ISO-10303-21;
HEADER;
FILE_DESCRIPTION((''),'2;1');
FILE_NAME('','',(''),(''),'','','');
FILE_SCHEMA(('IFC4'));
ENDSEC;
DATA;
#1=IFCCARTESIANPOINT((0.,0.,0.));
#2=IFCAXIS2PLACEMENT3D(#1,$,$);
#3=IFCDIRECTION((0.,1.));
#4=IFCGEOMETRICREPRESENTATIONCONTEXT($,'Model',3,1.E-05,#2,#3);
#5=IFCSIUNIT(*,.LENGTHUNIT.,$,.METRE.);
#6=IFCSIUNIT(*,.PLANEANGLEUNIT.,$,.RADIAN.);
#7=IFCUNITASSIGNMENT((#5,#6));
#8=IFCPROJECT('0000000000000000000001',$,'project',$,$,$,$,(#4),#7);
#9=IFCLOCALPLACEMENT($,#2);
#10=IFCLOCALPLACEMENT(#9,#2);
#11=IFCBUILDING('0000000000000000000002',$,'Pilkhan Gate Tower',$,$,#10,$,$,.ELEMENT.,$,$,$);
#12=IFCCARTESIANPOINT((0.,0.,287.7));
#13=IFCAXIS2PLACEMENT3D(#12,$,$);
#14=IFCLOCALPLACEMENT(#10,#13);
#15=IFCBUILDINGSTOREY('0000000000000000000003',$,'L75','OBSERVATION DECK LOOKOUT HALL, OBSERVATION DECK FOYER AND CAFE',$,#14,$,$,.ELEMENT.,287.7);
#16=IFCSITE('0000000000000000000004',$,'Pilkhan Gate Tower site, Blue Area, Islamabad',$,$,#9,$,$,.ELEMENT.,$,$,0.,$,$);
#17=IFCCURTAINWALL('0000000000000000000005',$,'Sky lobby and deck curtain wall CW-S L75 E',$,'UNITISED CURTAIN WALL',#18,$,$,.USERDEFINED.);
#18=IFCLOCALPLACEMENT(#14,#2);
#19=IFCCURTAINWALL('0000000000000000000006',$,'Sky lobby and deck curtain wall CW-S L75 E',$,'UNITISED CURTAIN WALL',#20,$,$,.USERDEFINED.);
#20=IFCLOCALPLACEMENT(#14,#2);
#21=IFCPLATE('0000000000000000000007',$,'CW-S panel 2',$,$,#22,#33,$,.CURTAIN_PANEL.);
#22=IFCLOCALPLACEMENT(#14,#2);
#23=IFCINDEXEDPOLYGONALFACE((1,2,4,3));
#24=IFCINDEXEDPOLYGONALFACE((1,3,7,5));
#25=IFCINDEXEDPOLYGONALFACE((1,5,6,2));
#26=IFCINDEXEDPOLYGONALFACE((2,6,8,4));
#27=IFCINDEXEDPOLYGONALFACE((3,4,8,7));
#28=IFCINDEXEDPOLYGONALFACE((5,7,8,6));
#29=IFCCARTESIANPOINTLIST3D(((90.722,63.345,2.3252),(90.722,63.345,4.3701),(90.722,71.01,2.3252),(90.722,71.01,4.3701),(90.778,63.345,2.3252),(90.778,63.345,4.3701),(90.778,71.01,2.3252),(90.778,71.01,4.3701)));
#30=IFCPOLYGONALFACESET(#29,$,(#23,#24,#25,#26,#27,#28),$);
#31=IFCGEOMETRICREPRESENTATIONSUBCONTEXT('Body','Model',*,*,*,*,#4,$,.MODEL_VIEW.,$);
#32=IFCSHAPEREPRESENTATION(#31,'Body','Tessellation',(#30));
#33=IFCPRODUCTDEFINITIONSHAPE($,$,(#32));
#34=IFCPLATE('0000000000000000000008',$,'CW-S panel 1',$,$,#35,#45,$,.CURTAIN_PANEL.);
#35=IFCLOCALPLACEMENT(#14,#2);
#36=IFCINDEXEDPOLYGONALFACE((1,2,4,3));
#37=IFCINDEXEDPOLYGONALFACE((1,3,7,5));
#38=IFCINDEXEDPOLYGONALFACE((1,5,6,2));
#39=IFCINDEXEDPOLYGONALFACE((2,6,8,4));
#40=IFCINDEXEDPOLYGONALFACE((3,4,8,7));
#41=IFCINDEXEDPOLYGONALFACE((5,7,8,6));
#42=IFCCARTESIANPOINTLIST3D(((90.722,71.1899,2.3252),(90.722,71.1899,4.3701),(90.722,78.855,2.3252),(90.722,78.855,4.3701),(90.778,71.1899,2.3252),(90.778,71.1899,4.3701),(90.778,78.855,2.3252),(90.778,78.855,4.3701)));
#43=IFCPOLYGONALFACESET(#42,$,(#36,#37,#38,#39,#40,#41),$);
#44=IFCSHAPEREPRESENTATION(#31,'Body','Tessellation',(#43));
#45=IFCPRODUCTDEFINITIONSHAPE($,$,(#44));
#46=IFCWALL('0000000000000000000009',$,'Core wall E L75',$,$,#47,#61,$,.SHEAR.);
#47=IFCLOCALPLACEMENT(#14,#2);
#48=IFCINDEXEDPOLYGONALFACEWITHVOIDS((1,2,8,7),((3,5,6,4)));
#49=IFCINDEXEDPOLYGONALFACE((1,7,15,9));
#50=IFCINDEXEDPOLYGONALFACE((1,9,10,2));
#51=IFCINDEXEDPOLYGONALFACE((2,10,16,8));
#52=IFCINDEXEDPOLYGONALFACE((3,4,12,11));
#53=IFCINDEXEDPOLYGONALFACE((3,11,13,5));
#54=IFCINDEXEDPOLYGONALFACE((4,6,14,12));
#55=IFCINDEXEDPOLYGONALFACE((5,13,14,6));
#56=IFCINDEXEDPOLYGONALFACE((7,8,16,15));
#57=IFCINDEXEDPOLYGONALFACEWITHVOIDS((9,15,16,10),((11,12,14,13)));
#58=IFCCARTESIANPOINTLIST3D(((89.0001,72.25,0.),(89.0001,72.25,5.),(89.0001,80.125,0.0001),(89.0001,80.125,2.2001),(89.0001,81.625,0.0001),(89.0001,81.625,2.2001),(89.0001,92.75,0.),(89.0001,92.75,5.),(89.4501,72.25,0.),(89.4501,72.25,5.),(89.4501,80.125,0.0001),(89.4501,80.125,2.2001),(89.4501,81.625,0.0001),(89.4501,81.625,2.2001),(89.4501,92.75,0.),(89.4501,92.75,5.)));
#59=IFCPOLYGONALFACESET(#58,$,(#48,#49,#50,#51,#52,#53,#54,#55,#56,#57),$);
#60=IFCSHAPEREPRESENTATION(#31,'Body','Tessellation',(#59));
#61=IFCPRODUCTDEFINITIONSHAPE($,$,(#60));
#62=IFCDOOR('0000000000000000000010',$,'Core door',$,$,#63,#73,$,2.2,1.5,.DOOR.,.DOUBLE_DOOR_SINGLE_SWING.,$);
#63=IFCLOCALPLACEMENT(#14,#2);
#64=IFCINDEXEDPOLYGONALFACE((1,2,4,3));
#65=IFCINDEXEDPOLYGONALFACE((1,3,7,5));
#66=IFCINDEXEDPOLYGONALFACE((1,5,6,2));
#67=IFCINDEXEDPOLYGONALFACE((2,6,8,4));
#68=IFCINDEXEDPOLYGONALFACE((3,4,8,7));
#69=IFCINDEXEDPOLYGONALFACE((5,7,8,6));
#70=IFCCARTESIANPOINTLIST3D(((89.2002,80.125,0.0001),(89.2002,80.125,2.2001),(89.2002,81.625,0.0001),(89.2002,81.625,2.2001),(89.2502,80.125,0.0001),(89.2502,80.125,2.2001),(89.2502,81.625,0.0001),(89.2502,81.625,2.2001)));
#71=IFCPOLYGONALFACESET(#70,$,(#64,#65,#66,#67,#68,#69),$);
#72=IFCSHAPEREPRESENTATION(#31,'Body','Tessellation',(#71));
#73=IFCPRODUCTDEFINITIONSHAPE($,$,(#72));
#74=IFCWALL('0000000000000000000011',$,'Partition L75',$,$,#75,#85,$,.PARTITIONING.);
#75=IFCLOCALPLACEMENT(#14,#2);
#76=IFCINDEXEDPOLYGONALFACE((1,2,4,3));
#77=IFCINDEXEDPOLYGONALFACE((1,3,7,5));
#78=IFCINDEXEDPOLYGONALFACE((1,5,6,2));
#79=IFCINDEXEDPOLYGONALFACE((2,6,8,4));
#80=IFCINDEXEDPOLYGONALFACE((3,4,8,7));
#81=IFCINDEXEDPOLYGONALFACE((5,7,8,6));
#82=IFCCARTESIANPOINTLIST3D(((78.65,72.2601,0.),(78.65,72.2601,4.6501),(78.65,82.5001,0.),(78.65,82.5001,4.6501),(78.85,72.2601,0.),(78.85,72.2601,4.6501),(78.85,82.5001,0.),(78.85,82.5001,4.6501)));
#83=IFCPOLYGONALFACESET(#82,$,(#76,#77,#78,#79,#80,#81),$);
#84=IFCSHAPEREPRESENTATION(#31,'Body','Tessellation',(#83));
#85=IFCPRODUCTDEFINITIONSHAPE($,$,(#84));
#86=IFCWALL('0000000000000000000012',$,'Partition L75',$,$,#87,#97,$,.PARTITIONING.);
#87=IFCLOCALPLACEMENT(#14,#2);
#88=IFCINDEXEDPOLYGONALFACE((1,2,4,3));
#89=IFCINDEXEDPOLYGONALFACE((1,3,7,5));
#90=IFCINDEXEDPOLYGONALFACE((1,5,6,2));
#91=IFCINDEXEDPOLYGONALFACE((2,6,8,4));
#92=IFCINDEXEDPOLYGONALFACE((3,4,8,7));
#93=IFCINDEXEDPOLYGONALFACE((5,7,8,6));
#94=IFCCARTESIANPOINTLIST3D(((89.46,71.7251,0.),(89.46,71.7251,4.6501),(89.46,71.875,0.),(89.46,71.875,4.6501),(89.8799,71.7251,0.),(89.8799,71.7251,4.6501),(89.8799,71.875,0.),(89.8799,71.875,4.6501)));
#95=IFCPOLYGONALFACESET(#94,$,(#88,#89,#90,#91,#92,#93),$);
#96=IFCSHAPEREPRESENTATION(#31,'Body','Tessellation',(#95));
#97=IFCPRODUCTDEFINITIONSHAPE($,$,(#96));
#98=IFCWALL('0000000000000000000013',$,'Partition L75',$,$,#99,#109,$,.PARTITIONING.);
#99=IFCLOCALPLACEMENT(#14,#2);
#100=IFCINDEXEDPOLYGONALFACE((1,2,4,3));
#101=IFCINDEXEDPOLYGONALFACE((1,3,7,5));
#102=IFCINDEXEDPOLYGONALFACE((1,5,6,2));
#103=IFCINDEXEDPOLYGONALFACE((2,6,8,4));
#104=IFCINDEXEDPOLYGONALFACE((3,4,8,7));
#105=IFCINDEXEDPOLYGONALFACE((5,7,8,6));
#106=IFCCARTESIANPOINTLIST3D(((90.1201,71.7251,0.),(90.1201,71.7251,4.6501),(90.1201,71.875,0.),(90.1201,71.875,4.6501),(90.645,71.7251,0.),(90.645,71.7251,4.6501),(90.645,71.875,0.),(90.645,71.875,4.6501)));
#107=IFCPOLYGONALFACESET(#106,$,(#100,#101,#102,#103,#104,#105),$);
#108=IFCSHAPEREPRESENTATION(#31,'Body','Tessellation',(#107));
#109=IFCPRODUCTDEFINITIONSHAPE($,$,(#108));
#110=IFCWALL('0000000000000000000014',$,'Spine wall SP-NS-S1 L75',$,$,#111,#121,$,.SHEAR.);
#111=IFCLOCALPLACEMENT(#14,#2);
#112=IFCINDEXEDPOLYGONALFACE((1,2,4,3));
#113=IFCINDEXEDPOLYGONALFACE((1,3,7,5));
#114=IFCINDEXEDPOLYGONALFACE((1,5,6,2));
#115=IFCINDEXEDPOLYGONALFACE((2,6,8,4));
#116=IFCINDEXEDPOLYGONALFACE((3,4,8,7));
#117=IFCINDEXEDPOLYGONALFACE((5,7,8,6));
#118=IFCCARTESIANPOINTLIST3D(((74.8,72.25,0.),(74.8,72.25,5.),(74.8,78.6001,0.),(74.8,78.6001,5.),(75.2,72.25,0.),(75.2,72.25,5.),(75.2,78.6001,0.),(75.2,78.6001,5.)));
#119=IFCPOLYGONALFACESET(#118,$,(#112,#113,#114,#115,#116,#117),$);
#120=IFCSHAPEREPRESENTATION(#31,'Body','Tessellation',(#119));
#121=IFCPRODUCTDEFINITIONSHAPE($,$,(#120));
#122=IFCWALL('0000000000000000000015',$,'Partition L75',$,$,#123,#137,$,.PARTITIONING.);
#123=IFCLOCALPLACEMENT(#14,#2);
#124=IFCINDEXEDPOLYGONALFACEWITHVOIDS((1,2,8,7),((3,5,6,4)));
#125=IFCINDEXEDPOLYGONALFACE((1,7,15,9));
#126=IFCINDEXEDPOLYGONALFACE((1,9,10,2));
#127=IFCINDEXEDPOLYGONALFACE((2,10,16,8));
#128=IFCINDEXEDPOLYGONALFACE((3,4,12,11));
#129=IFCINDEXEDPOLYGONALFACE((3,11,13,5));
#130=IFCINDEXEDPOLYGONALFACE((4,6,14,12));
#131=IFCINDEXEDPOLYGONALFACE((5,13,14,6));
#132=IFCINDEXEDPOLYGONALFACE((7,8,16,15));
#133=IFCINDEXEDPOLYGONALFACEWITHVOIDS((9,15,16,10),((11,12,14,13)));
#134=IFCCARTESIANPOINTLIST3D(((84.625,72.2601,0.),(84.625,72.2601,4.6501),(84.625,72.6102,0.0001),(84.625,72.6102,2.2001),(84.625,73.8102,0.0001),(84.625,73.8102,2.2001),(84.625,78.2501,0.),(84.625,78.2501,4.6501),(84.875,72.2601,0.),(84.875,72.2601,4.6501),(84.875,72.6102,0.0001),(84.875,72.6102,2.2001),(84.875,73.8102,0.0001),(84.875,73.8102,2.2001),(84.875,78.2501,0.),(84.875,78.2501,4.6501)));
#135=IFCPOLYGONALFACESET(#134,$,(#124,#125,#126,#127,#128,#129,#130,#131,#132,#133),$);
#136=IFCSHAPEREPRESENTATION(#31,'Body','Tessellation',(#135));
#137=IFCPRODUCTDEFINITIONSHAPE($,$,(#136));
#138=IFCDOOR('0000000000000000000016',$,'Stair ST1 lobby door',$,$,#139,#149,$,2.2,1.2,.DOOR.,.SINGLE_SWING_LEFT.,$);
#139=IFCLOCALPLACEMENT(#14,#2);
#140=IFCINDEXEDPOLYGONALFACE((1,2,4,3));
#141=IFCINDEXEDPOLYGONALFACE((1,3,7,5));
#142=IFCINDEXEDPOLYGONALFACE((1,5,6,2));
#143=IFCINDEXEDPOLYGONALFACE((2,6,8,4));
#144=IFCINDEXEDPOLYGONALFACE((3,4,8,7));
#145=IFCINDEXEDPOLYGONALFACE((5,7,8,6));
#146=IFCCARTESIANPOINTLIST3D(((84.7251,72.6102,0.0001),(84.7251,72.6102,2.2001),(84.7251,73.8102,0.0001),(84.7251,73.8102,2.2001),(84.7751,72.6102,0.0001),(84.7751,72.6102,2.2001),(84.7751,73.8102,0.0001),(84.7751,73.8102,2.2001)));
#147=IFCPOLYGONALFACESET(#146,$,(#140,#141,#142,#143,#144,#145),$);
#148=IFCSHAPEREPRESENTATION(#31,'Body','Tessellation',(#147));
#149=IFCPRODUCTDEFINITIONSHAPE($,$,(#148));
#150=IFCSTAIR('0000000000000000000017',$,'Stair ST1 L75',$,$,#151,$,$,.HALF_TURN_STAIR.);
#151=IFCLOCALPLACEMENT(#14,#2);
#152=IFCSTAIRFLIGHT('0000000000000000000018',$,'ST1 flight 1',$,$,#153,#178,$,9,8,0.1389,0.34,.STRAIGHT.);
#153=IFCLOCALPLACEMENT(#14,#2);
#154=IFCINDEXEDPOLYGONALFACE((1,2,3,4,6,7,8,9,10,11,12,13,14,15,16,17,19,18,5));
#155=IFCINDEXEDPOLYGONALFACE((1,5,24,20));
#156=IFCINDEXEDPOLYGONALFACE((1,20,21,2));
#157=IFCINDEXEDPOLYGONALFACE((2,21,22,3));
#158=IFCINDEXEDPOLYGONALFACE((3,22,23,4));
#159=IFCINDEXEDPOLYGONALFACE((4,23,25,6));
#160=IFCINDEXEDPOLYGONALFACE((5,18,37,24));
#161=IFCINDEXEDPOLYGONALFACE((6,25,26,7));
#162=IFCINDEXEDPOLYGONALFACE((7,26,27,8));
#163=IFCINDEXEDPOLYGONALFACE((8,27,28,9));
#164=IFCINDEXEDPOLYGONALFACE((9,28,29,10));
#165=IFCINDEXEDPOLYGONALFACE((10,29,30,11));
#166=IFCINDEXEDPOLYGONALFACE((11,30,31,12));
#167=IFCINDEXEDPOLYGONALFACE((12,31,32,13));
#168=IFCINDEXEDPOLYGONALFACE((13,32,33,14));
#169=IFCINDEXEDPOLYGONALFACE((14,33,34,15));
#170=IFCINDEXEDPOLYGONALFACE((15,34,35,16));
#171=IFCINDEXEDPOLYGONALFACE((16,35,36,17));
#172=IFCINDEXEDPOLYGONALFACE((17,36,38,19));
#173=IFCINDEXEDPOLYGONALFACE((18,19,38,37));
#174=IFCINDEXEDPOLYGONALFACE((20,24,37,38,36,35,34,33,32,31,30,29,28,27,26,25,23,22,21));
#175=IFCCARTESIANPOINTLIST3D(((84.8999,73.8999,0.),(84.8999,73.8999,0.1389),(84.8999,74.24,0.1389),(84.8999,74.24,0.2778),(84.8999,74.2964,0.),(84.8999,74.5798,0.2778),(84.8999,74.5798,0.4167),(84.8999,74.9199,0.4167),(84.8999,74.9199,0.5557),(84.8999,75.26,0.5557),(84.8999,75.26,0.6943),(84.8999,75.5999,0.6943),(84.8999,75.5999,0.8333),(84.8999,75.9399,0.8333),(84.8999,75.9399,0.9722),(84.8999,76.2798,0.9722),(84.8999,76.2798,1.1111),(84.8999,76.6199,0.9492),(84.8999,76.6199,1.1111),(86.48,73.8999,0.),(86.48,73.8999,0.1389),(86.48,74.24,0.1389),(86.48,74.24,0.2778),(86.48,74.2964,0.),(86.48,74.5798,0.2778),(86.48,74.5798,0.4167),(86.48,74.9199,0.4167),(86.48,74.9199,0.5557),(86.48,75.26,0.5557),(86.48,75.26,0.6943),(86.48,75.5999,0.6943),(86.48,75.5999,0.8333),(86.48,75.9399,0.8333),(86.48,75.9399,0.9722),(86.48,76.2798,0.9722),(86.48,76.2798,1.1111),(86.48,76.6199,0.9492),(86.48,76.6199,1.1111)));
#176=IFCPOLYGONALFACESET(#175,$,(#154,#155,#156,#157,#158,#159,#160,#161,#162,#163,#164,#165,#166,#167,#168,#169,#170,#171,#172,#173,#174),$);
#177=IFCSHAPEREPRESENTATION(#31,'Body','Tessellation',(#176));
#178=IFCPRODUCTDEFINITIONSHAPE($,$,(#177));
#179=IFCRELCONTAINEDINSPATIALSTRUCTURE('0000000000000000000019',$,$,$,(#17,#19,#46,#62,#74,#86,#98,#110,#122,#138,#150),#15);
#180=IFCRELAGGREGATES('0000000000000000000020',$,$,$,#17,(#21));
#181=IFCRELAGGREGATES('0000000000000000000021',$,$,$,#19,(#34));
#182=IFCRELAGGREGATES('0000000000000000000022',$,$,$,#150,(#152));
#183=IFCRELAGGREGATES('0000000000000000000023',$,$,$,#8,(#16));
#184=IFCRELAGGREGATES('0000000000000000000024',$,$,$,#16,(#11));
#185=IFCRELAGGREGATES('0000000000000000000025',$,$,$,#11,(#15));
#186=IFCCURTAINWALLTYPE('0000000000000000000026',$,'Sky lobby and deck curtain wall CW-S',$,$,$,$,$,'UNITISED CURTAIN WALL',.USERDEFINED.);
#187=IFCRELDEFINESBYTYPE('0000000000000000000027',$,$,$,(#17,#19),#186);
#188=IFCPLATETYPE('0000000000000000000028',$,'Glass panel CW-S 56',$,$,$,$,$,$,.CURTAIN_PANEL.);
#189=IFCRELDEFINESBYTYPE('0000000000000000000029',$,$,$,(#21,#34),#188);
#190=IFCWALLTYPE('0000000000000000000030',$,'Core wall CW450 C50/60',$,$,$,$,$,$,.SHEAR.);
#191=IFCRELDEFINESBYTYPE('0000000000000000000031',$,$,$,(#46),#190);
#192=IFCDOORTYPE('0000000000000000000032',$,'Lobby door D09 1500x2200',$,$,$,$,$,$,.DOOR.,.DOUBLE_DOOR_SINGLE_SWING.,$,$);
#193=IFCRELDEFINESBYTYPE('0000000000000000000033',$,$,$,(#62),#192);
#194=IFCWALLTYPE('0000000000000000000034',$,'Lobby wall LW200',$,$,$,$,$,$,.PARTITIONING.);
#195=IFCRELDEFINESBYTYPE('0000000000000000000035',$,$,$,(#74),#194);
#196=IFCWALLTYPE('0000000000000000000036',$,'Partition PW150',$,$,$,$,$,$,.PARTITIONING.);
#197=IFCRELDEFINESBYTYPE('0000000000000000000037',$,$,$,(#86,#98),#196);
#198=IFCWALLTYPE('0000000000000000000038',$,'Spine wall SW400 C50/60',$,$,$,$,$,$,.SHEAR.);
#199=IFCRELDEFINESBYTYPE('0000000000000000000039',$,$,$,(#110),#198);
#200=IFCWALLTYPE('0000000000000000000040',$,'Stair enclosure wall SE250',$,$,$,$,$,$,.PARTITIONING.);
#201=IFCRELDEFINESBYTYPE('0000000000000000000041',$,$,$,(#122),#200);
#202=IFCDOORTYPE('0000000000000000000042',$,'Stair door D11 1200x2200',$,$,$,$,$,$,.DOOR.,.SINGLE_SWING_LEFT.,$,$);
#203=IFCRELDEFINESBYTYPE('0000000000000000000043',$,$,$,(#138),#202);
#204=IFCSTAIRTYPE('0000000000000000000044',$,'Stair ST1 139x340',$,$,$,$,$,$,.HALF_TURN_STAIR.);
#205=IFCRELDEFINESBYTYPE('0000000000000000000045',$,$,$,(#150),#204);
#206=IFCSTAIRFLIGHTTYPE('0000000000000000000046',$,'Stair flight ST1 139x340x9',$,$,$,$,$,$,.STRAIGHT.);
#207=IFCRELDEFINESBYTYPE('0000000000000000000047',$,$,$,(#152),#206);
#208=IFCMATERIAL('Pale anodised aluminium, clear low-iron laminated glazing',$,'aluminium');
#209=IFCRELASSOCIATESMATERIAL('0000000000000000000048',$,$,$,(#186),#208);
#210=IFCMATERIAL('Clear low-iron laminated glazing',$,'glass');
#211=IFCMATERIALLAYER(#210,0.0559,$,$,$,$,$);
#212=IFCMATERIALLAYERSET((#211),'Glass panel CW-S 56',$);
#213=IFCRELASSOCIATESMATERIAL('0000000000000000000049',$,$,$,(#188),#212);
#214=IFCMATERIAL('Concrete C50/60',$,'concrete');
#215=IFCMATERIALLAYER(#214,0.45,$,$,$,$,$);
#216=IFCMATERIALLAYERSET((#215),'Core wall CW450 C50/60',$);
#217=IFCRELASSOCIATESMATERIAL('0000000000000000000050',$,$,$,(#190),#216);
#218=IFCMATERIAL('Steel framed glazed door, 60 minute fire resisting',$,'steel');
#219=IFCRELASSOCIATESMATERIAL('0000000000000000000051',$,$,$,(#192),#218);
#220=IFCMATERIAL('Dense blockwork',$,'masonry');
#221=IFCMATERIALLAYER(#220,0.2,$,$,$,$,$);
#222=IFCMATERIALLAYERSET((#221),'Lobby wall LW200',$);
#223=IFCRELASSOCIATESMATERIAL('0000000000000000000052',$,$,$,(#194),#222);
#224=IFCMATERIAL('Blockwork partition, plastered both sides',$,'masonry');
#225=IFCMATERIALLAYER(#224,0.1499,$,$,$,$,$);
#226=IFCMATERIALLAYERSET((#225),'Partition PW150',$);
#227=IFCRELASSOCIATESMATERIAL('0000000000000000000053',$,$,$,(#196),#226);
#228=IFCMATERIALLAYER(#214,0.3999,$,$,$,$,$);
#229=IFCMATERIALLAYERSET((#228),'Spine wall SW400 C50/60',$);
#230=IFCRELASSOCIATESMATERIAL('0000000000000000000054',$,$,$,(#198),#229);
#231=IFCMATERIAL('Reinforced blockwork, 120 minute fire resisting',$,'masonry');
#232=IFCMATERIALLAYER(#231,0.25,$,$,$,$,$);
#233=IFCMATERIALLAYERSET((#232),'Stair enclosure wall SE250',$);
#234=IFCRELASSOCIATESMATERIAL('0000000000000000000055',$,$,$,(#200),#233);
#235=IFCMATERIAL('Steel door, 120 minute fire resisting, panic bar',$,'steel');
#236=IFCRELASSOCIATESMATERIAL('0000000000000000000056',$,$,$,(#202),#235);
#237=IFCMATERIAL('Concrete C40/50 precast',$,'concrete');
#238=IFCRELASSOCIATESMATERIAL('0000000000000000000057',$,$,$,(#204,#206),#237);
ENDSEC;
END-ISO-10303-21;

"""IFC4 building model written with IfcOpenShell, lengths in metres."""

from ifc_helpers import new_model, si_unit, direction, frame, frame_2d, origin, origin_2d, place, context, subcontext, project, spatial, polyline, rectangle, outline, extrude, material, layer, layer_set, type_object, element, fill, aggregate, save


model = new_model("IFC4")

# Units and contexts
model_context = context("Model", 3, precision=1e-05, world=origin(), true_north=direction((0.0, 1.0)))
body_context = subcontext(model_context, "Body", "Model", "MODEL_VIEW")
ifc_project = project(units=[si_unit("LENGTHUNIT", "METRE"), si_unit("PLANEANGLEUNIT", "RADIAN")], contexts=[model_context])

# Site, building, storey
site_placement = place(None, origin())
site = spatial("IfcSite", under=ifc_project, at=site_placement, Name="Pilkhan Gate Tower site, Blue Area, Islamabad", CompositionType="ELEMENT", RefElevation=0.0)
building_placement = place(site_placement, origin())
building = spatial("IfcBuilding", under=site, at=building_placement, Name="Pilkhan Gate Tower", CompositionType="ELEMENT")
storey_placement = place(building_placement, frame((0.0, 0.0, 287.7)))
storey = spatial("IfcBuildingStorey", under=building, at=storey_placement, Name="L75", Description="OBSERVATION DECK LOOKOUT HALL, OBSERVATION DECK FOYER AND CAFE", CompositionType="ELEMENT", Elevation=287.7)

# Shared definitions
ifc_material_1 = material(Name="Pale anodised aluminium, clear low-iron laminated glazing", Category="aluminium")
curtain_wall_type = type_object("IfcCurtainWallType", Name="Sky lobby and deck curtain wall CW-S", ElementType="UNITISED CURTAIN WALL", PredefinedType="USERDEFINED", material=ifc_material_1)

# Curtain wall
curtain_wall_1_placement = place(storey_placement, origin())
curtain_wall_1 = element("IfcCurtainWall", 1, at=curtain_wall_1_placement, inside=storey, type_object=curtain_wall_type, Name="Sky lobby and deck curtain wall CW-S L75 E", ObjectType="UNITISED CURTAIN WALL", PredefinedType="USERDEFINED")

# Curtain wall
curtain_wall_2_placement = place(storey_placement, origin())
curtain_wall_2 = element("IfcCurtainWall", 2, at=curtain_wall_2_placement, inside=storey, type_object=curtain_wall_type, Name="Sky lobby and deck curtain wall CW-S L75 E", ObjectType="UNITISED CURTAIN WALL", PredefinedType="USERDEFINED")

# Plates
ifc_material_2 = material(Name="Clear low-iron laminated glazing", Category="glass")
ifc_layer_1 = layer(ifc_material_2, 0.0559)
ifc_layer_set_1 = layer_set([ifc_layer_1], Name="Glass panel CW-S 56")
plate_type = type_object("IfcPlateType", Name="Glass panel CW-S 56", PredefinedType="CURTAIN_PANEL", material=ifc_layer_set_1)
plate_1_placement = place(storey_placement, frame((90.75, 67.1775, 2.3252), z_axis=(0.0, 0.0, 1.0), x_axis=(0.0, 1.0, 0.0)))
plate_1 = element("IfcPlate", 3, at=plate_1_placement, type_object=plate_type, Name="CW-S panel 2", PredefinedType="CURTAIN_PANEL", context=body_context, shape_type="SweptSolid", body=[
    extrude(rectangle(XDim=7.665, YDim=0.0559, at=origin_2d()), origin(), (0.0, 0.0, 1.0), 2.0449),
])
aggregate(curtain_wall_1, [plate_1])
plate_2_placement = place(storey_placement, frame((90.75, 75.0225, 2.3252), z_axis=(0.0, 0.0, 1.0), x_axis=(0.0, 1.0, 0.0)))
plate_2 = element("IfcPlate", 4, at=plate_2_placement, type_object=plate_type, Name="CW-S panel 1", PredefinedType="CURTAIN_PANEL", context=body_context, shape_type="SweptSolid", body=[
    extrude(rectangle(XDim=7.665, YDim=0.0559, at=origin_2d()), origin(), (0.0, 0.0, 1.0), 2.0449),
])
aggregate(curtain_wall_2, [plate_2])

# Wall, opening, door
ifc_material_3 = material(Name="Concrete C50/60", Category="concrete")
ifc_layer_2 = layer(ifc_material_3, 0.45)
ifc_layer_set_2 = layer_set([ifc_layer_2], Name="Core wall CW450 C50/60")
wall_type_1 = type_object("IfcWallType", Name="Core wall CW450 C50/60", PredefinedType="SHEAR", material=ifc_layer_set_2)
wall_1_placement = place(storey_placement, frame((89.2251, 72.25, 0.0), z_axis=(0.0, 0.0, 1.0), x_axis=(0.0, 1.0, 0.0)))
wall_1 = element("IfcWall", 5, at=wall_1_placement, inside=storey, type_object=wall_type_1, Name="Core wall E L75", PredefinedType="SHEAR", context=body_context, shape_type="SweptSolid", body=[
    extrude(rectangle(XDim=20.5, YDim=0.45, at=frame_2d((10.25, 0.0))), origin(), (0.0, 0.0, 1.0), 5.0),
])
opening_1_placement = place(wall_1_placement, frame((7.875, 0.0, 0.0)))
opening_1 = element("IfcOpeningElement", 6, at=opening_1_placement, cuts=wall_1, PredefinedType="OPENING", context=body_context, shape_type="SweptSolid", body=[
    extrude(rectangle(XDim=1.5, YDim=2.2, at=frame_2d((0.75, 1.1001))), frame((0.0, 0.2349, 0.0), z_axis=(0.0, -1.0, 0.0), x_axis=(1.0, 0.0, 0.0)), (0.0, 0.0, 1.0), 0.47),
])
ifc_material_4 = material(Name="Steel framed glazed door, 60 minute fire resisting", Category="steel")
door_type_1 = type_object("IfcDoorType", Name="Lobby door D09 1500x2200", OperationType="DOUBLE_DOOR_SINGLE_SWING", PredefinedType="DOOR", material=ifc_material_4)
door_1_placement = place(opening_1_placement, origin())
door_1 = element("IfcDoor", 7, at=door_1_placement, inside=storey, type_object=door_type_1, Name="Core door", OperationType="DOUBLE_DOOR_SINGLE_SWING", OverallHeight=2.2, OverallWidth=1.5, PredefinedType="DOOR", context=body_context, shape_type="SweptSolid", body=[
    extrude(rectangle(XDim=1.5, YDim=2.2, at=frame_2d((0.75, 1.1001))), frame((0.0, 0.0249, 0.0), z_axis=(0.0, -1.0, 0.0), x_axis=(1.0, 0.0, 0.0)), (0.0, 0.0, 1.0), 0.05),
])
fill(opening_1, door_1)

# Walls
ifc_material_5 = material(Name="Dense blockwork", Category="masonry")
ifc_layer_3 = layer(ifc_material_5, 0.2)
ifc_layer_set_3 = layer_set([ifc_layer_3], Name="Lobby wall LW200")
wall_type_2 = type_object("IfcWallType", Name="Lobby wall LW200", PredefinedType="PARTITIONING", material=ifc_layer_set_3)
wall_2_placement = place(storey_placement, frame((78.75, 72.26, 0.0), z_axis=(0.0, 0.0, 1.0), x_axis=(0.0, 1.0, 0.0)))
element("IfcWall", 8, at=wall_2_placement, inside=storey, type_object=wall_type_2, Name="Partition L75", PredefinedType="PARTITIONING", context=body_context, shape_type="SweptSolid", body=[
    extrude(rectangle(XDim=10.24, YDim=0.2, at=frame_2d((5.1201, 0.0))), origin(), (0.0, 0.0, 1.0), 4.6501),
])
ifc_material_6 = material(Name="Blockwork partition, plastered both sides", Category="masonry")
ifc_layer_4 = layer(ifc_material_6, 0.1499)
ifc_layer_set_4 = layer_set([ifc_layer_4], Name="Partition PW150")
wall_type_3 = type_object("IfcWallType", Name="Partition PW150", PredefinedType="PARTITIONING", material=ifc_layer_set_4)
wall_3_placement = place(storey_placement, frame((89.46, 71.8, 0.0), z_axis=(0.0, 0.0, 1.0), x_axis=(1.0, 0.0, 0.0)))
element("IfcWall", 9, at=wall_3_placement, inside=storey, type_object=wall_type_3, Name="Partition L75", PredefinedType="PARTITIONING", context=body_context, shape_type="SweptSolid", body=[
    extrude(rectangle(XDim=0.4199, YDim=0.1499, at=frame_2d((0.21, 0.0))), origin(), (0.0, 0.0, 1.0), 4.6501),
])
wall_4_placement = place(storey_placement, frame((90.1201, 71.8, 0.0), z_axis=(0.0, 0.0, 1.0), x_axis=(1.0, 0.0, 0.0)))
element("IfcWall", 10, at=wall_4_placement, inside=storey, type_object=wall_type_3, Name="Partition L75", PredefinedType="PARTITIONING", context=body_context, shape_type="SweptSolid", body=[
    extrude(rectangle(XDim=0.5249, YDim=0.1499, at=frame_2d((0.2625, 0.0))), origin(), (0.0, 0.0, 1.0), 4.6501),
])
ifc_layer_5 = layer(ifc_material_3, 0.3999)
ifc_layer_set_5 = layer_set([ifc_layer_5], Name="Spine wall SW400 C50/60")
wall_type_4 = type_object("IfcWallType", Name="Spine wall SW400 C50/60", PredefinedType="SHEAR", material=ifc_layer_set_5)
wall_5_placement = place(storey_placement, frame((75.0, 72.25, 0.0), z_axis=(0.0, 0.0, 1.0), x_axis=(0.0, 1.0, 0.0)))
element("IfcWall", 11, at=wall_5_placement, inside=storey, type_object=wall_type_4, Name="Spine wall SP-NS-S1 L75", PredefinedType="SHEAR", context=body_context, shape_type="SweptSolid", body=[
    extrude(rectangle(XDim=6.3501, YDim=0.3999, at=frame_2d((3.175, 0.0))), origin(), (0.0, 0.0, 1.0), 5.0),
])

# Wall, opening, door
ifc_material_7 = material(Name="Reinforced blockwork, 120 minute fire resisting", Category="masonry")
ifc_layer_6 = layer(ifc_material_7, 0.25)
ifc_layer_set_6 = layer_set([ifc_layer_6], Name="Stair enclosure wall SE250")
wall_type_5 = type_object("IfcWallType", Name="Stair enclosure wall SE250", PredefinedType="PARTITIONING", material=ifc_layer_set_6)
wall_6_placement = place(storey_placement, frame((84.75, 72.26, 0.0), z_axis=(0.0, 0.0, 1.0), x_axis=(0.0, 1.0, 0.0)))
wall_6 = element("IfcWall", 12, at=wall_6_placement, inside=storey, type_object=wall_type_5, Name="Partition L75", PredefinedType="PARTITIONING", context=body_context, shape_type="SweptSolid", body=[
    extrude(rectangle(XDim=5.99, YDim=0.25, at=frame_2d((2.9951, 0.0))), origin(), (0.0, 0.0, 1.0), 4.6501),
])
opening_2_placement = place(wall_6_placement, frame((0.3501, 0.0, 0.0)))
opening_2 = element("IfcOpeningElement", 13, at=opening_2_placement, cuts=wall_6, PredefinedType="OPENING", context=body_context, shape_type="SweptSolid", body=[
    extrude(rectangle(XDim=1.2, YDim=2.2, at=frame_2d((0.6001, 1.1001))), frame((0.0, 0.135, 0.0), z_axis=(0.0, -1.0, 0.0), x_axis=(1.0, 0.0, 0.0)), (0.0, 0.0, 1.0), 0.27),
])
ifc_material_8 = material(Name="Steel door, 120 minute fire resisting, panic bar", Category="steel")
door_type_2 = type_object("IfcDoorType", Name="Stair door D11 1200x2200", OperationType="SINGLE_SWING_LEFT", PredefinedType="DOOR", material=ifc_material_8)
door_2_placement = place(opening_2_placement, origin())
door_2 = element("IfcDoor", 14, at=door_2_placement, inside=storey, type_object=door_type_2, Name="Stair ST1 lobby door", OperationType="SINGLE_SWING_LEFT", OverallHeight=2.2, OverallWidth=1.2, PredefinedType="DOOR", context=body_context, shape_type="SweptSolid", body=[
    extrude(rectangle(XDim=1.2, YDim=2.2, at=frame_2d((0.6001, 1.1001))), frame((0.0, 0.0249, 0.0), z_axis=(0.0, -1.0, 0.0), x_axis=(1.0, 0.0, 0.0)), (0.0, 0.0, 1.0), 0.05),
])
fill(opening_2, door_2)

# Stair, stair flight
ifc_material_9 = material(Name="Concrete C40/50 precast", Category="concrete")
stair_type = type_object("IfcStairType", Name="Stair ST1 139x340", PredefinedType="HALF_TURN_STAIR", material=ifc_material_9)
stair_placement = place(storey_placement, origin())
stair = element("IfcStair", 15, at=stair_placement, inside=storey, type_object=stair_type, Name="Stair ST1 L75", PredefinedType="HALF_TURN_STAIR")
stair_flight_type = type_object("IfcStairFlightType", Name="Stair flight ST1 139x340x9", PredefinedType="STRAIGHT", material=ifc_material_9)
stair_flight_1_placement = place(storey_placement, frame((85.6899, 73.8999, 0.0), z_axis=(0.0, 0.0, 1.0), x_axis=(0.0, 1.0, 0.0)))
stair_flight_1 = element("IfcStairFlight", 16, at=stair_flight_1_placement, type_object=stair_flight_type, Name="ST1 flight 1", NumberOfRisers=9, NumberOfTreads=8, PredefinedType="STRAIGHT", RiserHeight=0.1389, TreadLength=0.34, context=body_context, shape_type="SweptSolid", body=[
    extrude(outline(polyline([(0.0, 0.0), (0.0, 0.1389), (0.3401, 0.1389), (0.3401, 0.2778), (0.6799, 0.2778), (0.6799, 0.4167), (1.02, 0.4167), (1.02, 0.5557), (1.3601, 0.5557), (1.3601, 0.6943), (1.7, 0.6943), (1.7, 0.8333), (2.04, 0.8333), (2.04, 0.9722), (2.3799, 0.9722), (2.3799, 1.1111), (2.72, 1.1111), (2.72, 1.25), (2.72, 0.9492), (0.3965, 0.0), (0.0, 0.0)])), frame((0.0, 0.79, 0.0), z_axis=(0.0, -1.0, 0.0), x_axis=(1.0, 0.0, 0.0)), (0.0, 0.0, 1.0), 1.5801),
])
aggregate(stair, [stair_flight_1])

save(model, "model.ifc")
